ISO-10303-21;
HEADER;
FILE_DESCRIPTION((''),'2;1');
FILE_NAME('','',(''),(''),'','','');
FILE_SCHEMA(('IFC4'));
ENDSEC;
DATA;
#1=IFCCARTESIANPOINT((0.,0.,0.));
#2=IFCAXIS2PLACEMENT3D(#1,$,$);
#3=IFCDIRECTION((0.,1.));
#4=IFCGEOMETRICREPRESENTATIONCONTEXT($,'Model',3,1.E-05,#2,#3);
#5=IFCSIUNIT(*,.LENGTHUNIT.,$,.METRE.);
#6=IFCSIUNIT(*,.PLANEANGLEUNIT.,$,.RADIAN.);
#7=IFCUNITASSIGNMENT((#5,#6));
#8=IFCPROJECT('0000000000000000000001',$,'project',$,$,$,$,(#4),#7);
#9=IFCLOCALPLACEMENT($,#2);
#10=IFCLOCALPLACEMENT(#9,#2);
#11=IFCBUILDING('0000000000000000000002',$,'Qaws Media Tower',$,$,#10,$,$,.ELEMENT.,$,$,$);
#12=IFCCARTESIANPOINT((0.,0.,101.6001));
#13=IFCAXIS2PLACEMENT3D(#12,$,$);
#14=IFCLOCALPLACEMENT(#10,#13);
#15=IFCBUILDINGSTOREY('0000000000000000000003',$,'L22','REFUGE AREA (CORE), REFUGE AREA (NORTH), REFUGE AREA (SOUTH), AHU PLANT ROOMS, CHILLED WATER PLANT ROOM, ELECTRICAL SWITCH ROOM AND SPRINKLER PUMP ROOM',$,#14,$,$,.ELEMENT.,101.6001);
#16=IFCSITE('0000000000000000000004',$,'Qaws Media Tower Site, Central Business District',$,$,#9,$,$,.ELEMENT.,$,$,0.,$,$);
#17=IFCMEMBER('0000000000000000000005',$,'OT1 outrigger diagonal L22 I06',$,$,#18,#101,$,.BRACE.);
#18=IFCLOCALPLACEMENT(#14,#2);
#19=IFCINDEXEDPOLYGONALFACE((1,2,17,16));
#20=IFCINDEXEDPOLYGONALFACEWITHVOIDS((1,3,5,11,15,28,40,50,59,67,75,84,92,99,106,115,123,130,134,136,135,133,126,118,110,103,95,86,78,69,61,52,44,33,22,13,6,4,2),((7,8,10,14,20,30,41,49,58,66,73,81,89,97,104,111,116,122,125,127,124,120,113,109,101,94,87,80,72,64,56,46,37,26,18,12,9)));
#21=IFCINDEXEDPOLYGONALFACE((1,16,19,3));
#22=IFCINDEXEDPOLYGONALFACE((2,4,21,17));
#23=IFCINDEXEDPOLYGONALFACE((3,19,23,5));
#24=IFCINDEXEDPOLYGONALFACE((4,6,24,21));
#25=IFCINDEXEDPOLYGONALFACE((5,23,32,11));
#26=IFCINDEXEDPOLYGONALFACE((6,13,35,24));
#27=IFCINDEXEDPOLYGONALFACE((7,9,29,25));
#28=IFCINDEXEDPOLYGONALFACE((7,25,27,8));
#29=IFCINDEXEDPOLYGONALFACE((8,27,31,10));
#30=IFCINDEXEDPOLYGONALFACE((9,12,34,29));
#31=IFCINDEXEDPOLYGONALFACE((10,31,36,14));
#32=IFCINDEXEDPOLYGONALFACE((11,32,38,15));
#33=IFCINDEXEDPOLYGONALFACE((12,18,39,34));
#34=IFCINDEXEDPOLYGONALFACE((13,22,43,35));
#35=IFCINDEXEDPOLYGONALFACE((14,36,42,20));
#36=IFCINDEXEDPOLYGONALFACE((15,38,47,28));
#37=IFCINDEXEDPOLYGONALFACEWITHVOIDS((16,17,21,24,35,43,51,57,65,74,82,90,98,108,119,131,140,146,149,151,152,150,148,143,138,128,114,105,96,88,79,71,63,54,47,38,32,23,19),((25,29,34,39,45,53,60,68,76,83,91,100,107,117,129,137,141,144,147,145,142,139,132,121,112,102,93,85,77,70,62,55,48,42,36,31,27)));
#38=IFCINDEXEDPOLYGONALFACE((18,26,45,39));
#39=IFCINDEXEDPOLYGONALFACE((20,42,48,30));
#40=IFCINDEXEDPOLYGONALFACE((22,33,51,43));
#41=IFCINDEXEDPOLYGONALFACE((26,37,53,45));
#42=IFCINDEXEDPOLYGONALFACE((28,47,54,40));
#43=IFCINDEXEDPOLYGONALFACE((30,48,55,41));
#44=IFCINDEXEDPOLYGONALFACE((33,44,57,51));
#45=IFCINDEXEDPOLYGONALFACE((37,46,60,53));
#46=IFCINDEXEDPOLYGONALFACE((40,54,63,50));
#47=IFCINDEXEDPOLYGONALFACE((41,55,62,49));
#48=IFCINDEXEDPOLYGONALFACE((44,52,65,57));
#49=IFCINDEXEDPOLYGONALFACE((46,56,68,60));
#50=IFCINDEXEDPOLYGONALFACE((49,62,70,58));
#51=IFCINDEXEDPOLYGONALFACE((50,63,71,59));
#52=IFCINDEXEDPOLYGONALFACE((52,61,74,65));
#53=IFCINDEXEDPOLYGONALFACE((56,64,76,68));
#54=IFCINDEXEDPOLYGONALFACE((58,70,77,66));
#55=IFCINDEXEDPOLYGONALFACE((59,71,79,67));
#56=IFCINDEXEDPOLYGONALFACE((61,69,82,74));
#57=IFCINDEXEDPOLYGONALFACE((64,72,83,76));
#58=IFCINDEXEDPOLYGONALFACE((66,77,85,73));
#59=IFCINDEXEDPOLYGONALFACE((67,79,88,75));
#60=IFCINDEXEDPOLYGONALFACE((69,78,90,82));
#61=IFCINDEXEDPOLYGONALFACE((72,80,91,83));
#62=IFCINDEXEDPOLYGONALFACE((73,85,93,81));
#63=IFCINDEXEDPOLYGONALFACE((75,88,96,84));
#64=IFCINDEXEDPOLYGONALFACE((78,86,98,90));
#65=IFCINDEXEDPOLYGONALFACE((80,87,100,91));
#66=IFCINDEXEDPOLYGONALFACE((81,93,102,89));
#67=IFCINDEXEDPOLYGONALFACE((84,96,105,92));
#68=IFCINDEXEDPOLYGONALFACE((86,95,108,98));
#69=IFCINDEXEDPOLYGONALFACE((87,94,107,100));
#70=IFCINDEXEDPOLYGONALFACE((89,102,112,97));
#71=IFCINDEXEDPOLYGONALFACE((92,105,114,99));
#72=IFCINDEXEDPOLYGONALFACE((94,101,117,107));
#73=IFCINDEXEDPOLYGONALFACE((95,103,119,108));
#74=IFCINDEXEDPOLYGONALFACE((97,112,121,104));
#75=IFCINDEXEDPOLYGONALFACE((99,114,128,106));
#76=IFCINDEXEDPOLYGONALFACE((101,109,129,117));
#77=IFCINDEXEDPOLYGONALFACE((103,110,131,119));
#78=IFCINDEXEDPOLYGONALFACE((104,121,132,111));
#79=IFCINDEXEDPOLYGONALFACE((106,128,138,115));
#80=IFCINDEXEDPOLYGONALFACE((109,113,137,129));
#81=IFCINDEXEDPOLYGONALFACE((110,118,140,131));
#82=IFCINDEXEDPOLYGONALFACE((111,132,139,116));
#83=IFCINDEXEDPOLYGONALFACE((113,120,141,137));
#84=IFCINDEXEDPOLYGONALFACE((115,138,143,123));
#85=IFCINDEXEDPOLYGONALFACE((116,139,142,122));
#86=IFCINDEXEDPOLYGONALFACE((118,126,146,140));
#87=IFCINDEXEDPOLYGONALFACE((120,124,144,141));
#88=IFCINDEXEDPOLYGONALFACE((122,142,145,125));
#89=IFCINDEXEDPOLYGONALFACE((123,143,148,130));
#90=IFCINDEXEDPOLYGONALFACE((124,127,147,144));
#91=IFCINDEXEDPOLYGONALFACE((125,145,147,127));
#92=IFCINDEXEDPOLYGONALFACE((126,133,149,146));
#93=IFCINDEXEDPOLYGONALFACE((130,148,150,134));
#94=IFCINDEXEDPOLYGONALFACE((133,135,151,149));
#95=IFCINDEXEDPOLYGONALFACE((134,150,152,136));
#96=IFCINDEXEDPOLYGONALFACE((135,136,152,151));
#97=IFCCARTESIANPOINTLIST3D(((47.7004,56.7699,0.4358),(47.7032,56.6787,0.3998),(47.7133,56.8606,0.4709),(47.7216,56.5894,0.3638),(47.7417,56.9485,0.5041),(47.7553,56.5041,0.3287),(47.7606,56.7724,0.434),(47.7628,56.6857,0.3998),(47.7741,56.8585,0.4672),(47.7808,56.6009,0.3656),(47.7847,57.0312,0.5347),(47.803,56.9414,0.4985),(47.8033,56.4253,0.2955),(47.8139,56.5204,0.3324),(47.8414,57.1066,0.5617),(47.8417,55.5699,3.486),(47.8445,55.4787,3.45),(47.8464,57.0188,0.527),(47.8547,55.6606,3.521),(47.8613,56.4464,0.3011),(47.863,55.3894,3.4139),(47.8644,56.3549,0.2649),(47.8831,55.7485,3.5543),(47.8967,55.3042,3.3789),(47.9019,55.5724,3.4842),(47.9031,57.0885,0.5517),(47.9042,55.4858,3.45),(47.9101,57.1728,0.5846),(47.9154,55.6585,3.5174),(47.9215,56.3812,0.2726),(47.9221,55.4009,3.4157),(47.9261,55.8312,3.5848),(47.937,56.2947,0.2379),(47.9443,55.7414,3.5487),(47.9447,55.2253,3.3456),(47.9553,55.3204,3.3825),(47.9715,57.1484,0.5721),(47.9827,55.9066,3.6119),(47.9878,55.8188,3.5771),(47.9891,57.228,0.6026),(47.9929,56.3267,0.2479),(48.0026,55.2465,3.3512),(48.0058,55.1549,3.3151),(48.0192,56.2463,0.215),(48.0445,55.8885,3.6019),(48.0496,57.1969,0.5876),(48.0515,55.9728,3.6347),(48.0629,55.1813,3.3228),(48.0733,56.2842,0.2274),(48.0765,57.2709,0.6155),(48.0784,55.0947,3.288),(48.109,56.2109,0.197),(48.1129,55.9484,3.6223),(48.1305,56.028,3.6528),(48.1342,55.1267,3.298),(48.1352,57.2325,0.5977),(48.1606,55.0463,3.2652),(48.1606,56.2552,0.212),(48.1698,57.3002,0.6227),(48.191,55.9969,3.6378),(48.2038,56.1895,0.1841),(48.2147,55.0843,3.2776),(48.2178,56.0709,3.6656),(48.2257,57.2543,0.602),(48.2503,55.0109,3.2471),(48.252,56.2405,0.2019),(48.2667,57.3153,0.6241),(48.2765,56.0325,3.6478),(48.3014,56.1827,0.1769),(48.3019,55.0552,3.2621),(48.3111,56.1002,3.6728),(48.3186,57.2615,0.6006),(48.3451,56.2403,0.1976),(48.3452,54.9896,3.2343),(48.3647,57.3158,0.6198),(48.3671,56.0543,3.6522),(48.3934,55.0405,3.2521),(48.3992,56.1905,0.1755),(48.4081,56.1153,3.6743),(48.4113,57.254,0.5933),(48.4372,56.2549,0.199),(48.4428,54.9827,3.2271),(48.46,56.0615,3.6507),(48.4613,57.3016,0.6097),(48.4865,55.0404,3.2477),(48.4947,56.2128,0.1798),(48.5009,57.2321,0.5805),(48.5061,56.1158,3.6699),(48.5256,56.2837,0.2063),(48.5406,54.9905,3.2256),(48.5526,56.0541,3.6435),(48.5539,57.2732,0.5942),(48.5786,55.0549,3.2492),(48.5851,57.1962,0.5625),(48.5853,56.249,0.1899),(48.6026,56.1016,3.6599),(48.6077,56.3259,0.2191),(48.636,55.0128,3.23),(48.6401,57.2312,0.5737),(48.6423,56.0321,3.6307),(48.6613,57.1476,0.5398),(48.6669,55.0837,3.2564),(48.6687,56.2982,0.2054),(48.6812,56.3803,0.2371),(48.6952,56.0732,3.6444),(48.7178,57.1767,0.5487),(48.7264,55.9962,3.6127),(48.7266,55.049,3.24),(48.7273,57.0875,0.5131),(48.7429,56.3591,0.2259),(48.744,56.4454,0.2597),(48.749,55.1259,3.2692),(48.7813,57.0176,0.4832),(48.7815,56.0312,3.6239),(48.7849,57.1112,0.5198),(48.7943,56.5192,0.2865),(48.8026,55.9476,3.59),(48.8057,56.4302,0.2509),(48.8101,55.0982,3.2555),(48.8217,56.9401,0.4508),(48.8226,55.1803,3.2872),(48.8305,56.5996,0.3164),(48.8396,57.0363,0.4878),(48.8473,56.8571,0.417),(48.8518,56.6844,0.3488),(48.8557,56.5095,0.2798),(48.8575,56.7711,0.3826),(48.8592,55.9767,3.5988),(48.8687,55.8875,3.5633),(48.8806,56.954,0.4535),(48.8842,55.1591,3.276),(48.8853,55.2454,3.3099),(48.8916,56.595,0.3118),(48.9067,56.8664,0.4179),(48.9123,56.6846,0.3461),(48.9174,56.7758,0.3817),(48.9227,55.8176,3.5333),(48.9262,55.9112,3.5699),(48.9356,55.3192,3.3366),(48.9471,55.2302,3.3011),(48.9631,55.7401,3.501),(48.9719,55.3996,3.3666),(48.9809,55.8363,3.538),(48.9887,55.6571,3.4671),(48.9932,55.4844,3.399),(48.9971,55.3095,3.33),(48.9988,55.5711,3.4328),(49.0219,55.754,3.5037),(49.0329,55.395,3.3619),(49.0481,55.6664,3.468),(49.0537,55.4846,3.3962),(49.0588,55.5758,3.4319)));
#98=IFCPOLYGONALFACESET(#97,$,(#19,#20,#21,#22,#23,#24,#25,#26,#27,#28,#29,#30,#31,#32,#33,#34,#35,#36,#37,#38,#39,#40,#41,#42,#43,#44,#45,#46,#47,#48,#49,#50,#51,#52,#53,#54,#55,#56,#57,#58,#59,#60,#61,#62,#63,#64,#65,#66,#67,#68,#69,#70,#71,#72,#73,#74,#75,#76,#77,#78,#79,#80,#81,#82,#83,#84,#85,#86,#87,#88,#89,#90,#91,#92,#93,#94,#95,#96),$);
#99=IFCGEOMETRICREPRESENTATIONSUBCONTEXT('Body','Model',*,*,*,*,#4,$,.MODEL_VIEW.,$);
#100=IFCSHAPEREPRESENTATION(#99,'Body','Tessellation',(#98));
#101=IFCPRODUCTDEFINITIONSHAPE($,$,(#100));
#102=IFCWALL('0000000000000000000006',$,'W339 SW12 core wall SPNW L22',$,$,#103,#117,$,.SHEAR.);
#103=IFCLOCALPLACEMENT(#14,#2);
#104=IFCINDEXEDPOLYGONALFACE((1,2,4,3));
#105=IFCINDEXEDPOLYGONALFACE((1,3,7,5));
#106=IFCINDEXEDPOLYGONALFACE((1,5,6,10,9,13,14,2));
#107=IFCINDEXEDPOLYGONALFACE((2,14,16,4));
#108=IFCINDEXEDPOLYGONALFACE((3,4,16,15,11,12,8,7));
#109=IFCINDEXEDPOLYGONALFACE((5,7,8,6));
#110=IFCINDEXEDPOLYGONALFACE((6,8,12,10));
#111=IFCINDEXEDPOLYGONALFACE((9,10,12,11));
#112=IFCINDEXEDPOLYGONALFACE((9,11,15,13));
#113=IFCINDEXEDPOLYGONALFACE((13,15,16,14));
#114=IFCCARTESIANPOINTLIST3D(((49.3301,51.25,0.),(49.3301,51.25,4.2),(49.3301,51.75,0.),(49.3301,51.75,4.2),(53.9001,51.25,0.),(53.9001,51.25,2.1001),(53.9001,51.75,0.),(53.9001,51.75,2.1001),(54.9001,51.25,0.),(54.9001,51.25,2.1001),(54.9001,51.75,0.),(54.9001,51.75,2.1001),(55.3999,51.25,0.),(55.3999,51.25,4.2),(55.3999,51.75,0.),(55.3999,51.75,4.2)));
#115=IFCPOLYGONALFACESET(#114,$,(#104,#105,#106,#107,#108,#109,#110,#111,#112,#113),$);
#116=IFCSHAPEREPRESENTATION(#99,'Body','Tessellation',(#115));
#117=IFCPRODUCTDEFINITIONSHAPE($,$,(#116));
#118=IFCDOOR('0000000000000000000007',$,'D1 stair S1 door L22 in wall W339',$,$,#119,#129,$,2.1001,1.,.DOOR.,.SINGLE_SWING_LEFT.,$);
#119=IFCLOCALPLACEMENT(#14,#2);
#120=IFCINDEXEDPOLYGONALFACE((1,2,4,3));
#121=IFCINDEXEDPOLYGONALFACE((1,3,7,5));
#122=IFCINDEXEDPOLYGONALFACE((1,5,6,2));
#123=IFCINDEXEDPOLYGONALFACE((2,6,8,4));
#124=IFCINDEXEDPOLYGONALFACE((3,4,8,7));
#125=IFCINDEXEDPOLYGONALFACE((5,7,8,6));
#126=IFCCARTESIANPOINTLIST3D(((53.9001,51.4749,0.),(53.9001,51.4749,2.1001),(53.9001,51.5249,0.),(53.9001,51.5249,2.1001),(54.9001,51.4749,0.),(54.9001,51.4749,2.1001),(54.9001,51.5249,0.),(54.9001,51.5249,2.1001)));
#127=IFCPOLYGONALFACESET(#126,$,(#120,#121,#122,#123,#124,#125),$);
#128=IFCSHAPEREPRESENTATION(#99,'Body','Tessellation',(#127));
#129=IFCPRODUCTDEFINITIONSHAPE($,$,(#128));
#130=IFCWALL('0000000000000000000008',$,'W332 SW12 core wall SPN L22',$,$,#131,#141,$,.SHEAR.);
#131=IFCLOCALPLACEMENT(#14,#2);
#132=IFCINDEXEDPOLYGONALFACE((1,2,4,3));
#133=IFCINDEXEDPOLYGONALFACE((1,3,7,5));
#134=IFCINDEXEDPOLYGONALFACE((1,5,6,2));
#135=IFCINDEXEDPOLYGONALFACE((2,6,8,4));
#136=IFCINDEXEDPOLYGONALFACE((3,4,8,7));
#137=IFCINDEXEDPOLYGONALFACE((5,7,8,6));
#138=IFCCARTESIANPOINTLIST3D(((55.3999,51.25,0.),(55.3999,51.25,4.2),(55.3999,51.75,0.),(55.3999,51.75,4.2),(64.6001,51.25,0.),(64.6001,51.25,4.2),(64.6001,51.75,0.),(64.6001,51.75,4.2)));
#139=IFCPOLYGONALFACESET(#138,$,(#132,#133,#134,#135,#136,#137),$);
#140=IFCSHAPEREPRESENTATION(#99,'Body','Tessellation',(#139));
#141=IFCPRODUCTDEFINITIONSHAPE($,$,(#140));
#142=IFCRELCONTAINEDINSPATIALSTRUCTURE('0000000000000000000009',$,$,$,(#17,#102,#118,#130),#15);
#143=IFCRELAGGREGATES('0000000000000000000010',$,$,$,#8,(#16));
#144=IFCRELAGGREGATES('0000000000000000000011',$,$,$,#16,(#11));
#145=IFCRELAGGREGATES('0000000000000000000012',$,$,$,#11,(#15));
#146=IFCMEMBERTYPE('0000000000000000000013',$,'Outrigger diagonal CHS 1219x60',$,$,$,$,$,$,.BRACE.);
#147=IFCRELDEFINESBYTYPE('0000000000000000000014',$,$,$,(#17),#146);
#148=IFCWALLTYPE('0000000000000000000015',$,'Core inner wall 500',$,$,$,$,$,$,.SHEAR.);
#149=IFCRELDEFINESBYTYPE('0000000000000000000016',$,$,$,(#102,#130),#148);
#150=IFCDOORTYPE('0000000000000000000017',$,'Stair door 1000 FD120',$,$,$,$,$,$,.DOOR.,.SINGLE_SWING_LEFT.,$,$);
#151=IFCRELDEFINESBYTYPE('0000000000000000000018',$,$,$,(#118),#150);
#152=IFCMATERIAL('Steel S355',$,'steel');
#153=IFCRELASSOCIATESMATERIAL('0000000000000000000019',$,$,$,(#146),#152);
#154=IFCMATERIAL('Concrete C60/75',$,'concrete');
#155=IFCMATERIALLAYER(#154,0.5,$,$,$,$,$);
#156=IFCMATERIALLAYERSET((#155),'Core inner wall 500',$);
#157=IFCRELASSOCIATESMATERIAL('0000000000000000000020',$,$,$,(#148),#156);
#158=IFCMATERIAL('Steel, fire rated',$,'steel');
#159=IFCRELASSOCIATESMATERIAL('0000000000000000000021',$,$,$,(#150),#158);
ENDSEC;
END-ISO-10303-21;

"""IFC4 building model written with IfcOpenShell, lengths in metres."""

from ifc_helpers import new_model, si_unit, direction, frame, frame_2d, origin, origin_2d, place, context, subcontext, project, spatial, rectangle, hollow_circle, extrude, material, layer, layer_set, material_profile, profile_set, type_object, element, fill, save


model = new_model("IFC4")

# Units and contexts
model_context = context("Model", 3, precision=1e-05, world=origin(), true_north=direction((0.0, 1.0)))
body_context = subcontext(model_context, "Body", "Model", "MODEL_VIEW")
ifc_project = project(units=[si_unit("LENGTHUNIT", "METRE"), si_unit("PLANEANGLEUNIT", "RADIAN")], contexts=[model_context])

# Site, building, storey
site_placement = place(None, origin())
site = spatial("IfcSite", under=ifc_project, at=site_placement, Name="Qaws Media Tower Site, Central Business District", CompositionType="ELEMENT", RefElevation=0.0)
building_placement = place(site_placement, origin())
building = spatial("IfcBuilding", under=site, at=building_placement, Name="Qaws Media Tower", CompositionType="ELEMENT")
storey_placement = place(building_placement, frame((0.0, 0.0, 101.6001)))
storey = spatial("IfcBuildingStorey", under=building, at=storey_placement, Name="L22", Description="REFUGE AREA (CORE), REFUGE AREA (NORTH), REFUGE AREA (SOUTH), AHU PLANT ROOMS, CHILLED WATER PLANT ROOM, ELECTRICAL SWITCH ROOM AND SPRINKLER PUMP ROOM", CompositionType="ELEMENT", Elevation=101.6001)

# Member
ifc_material_1 = material(Name="Steel S355", Category="steel")
ifc_material_profile_1 = material_profile(ifc_material_1, hollow_circle(Radius=0.6096, WallThickness=0.0601, at=origin_2d()), Name="CHS 1219x60")
ifc_profile_set_1 = profile_set([ifc_material_profile_1], Name="Steel S355")
member_type_1 = type_object("IfcMemberType", Name="Outrigger diagonal CHS 1219x60", PredefinedType="BRACE", material=ifc_profile_set_1)
member_1_placement = place(storey_placement, frame((48.45, 55.55, 3.45), z_axis=(-0.043088, 0.365766, -0.929709), x_axis=(-0.993133, -0.116994, 0.0)))
element("IfcMember", 1, at=member_1_placement, inside=storey, type_object=member_type_1, Name="OT1 outrigger diagonal L22 I06", PredefinedType="BRACE", context=body_context, shape_type="SweptSolid", body=[
    extrude(hollow_circle(Radius=0.6096, WallThickness=0.0601, at=origin_2d()), origin(), (0.0, 0.0, 1.0), 3.2808),
])

# Wall, opening, door
ifc_material_2 = material(Name="Concrete C60/75", Category="concrete")
ifc_layer_1 = layer(ifc_material_2, 0.5)
ifc_layer_set_1 = layer_set([ifc_layer_1], Name="Core inner wall 500")
wall_type_1 = type_object("IfcWallType", Name="Core inner wall 500", PredefinedType="SHEAR", material=ifc_layer_set_1)
wall_1_placement = place(storey_placement, frame((49.3301, 51.5, 0.0), z_axis=(0.0, 0.0, 1.0), x_axis=(1.0, 0.0, 0.0)))
wall_1 = element("IfcWall", 2, at=wall_1_placement, inside=storey, type_object=wall_type_1, Name="W339 SW12 core wall SPNW L22", PredefinedType="SHEAR", context=body_context, shape_type="SweptSolid", body=[
    extrude(rectangle(XDim=6.0698, YDim=0.5, at=frame_2d((3.0349, 0.0))), origin(), (0.0, 0.0, 1.0), 4.2),
])
opening_1_placement = place(wall_1_placement, frame((4.5701, 0.0, 0.0)))
opening_1 = element("IfcOpeningElement", 3, at=opening_1_placement, cuts=wall_1, PredefinedType="OPENING", context=body_context, shape_type="SweptSolid", body=[
    extrude(rectangle(XDim=1.0, YDim=2.1001, at=frame_2d((0.5, 1.05))), frame((0.0, 0.26, 0.0), z_axis=(0.0, -1.0, 0.0), x_axis=(1.0, 0.0, 0.0)), (0.0, 0.0, 1.0), 0.52),
])
ifc_material_3 = material(Name="Steel, fire rated", Category="steel")
door_type_1 = type_object("IfcDoorType", Name="Stair door 1000 FD120", OperationType="SINGLE_SWING_LEFT", PredefinedType="DOOR", material=ifc_material_3)
door_1_placement = place(opening_1_placement, origin())
door_1 = element("IfcDoor", 4, at=door_1_placement, inside=storey, type_object=door_type_1, Name="D1 stair S1 door L22 in wall W339", OperationType="SINGLE_SWING_LEFT", OverallHeight=2.1001, OverallWidth=1.0, PredefinedType="DOOR", context=body_context, shape_type="SweptSolid", body=[
    extrude(rectangle(XDim=1.0, YDim=2.1001, at=frame_2d((0.5, 1.05))), frame((0.0, 0.0249, 0.0), z_axis=(0.0, -1.0, 0.0), x_axis=(1.0, 0.0, 0.0)), (0.0, 0.0, 1.0), 0.05),
])
fill(opening_1, door_1)

# Wall
wall_2_placement = place(storey_placement, frame((55.3999, 51.5, 0.0), z_axis=(0.0, 0.0, 1.0), x_axis=(1.0, 0.0, 0.0)))
element("IfcWall", 5, at=wall_2_placement, inside=storey, type_object=wall_type_1, Name="W332 SW12 core wall SPN L22", PredefinedType="SHEAR", context=body_context, shape_type="SweptSolid", body=[
    extrude(rectangle(XDim=9.2002, YDim=0.5, at=frame_2d((4.6001, 0.0))), origin(), (0.0, 0.0, 1.0), 4.2),
])

save(model, "model.ifc")
